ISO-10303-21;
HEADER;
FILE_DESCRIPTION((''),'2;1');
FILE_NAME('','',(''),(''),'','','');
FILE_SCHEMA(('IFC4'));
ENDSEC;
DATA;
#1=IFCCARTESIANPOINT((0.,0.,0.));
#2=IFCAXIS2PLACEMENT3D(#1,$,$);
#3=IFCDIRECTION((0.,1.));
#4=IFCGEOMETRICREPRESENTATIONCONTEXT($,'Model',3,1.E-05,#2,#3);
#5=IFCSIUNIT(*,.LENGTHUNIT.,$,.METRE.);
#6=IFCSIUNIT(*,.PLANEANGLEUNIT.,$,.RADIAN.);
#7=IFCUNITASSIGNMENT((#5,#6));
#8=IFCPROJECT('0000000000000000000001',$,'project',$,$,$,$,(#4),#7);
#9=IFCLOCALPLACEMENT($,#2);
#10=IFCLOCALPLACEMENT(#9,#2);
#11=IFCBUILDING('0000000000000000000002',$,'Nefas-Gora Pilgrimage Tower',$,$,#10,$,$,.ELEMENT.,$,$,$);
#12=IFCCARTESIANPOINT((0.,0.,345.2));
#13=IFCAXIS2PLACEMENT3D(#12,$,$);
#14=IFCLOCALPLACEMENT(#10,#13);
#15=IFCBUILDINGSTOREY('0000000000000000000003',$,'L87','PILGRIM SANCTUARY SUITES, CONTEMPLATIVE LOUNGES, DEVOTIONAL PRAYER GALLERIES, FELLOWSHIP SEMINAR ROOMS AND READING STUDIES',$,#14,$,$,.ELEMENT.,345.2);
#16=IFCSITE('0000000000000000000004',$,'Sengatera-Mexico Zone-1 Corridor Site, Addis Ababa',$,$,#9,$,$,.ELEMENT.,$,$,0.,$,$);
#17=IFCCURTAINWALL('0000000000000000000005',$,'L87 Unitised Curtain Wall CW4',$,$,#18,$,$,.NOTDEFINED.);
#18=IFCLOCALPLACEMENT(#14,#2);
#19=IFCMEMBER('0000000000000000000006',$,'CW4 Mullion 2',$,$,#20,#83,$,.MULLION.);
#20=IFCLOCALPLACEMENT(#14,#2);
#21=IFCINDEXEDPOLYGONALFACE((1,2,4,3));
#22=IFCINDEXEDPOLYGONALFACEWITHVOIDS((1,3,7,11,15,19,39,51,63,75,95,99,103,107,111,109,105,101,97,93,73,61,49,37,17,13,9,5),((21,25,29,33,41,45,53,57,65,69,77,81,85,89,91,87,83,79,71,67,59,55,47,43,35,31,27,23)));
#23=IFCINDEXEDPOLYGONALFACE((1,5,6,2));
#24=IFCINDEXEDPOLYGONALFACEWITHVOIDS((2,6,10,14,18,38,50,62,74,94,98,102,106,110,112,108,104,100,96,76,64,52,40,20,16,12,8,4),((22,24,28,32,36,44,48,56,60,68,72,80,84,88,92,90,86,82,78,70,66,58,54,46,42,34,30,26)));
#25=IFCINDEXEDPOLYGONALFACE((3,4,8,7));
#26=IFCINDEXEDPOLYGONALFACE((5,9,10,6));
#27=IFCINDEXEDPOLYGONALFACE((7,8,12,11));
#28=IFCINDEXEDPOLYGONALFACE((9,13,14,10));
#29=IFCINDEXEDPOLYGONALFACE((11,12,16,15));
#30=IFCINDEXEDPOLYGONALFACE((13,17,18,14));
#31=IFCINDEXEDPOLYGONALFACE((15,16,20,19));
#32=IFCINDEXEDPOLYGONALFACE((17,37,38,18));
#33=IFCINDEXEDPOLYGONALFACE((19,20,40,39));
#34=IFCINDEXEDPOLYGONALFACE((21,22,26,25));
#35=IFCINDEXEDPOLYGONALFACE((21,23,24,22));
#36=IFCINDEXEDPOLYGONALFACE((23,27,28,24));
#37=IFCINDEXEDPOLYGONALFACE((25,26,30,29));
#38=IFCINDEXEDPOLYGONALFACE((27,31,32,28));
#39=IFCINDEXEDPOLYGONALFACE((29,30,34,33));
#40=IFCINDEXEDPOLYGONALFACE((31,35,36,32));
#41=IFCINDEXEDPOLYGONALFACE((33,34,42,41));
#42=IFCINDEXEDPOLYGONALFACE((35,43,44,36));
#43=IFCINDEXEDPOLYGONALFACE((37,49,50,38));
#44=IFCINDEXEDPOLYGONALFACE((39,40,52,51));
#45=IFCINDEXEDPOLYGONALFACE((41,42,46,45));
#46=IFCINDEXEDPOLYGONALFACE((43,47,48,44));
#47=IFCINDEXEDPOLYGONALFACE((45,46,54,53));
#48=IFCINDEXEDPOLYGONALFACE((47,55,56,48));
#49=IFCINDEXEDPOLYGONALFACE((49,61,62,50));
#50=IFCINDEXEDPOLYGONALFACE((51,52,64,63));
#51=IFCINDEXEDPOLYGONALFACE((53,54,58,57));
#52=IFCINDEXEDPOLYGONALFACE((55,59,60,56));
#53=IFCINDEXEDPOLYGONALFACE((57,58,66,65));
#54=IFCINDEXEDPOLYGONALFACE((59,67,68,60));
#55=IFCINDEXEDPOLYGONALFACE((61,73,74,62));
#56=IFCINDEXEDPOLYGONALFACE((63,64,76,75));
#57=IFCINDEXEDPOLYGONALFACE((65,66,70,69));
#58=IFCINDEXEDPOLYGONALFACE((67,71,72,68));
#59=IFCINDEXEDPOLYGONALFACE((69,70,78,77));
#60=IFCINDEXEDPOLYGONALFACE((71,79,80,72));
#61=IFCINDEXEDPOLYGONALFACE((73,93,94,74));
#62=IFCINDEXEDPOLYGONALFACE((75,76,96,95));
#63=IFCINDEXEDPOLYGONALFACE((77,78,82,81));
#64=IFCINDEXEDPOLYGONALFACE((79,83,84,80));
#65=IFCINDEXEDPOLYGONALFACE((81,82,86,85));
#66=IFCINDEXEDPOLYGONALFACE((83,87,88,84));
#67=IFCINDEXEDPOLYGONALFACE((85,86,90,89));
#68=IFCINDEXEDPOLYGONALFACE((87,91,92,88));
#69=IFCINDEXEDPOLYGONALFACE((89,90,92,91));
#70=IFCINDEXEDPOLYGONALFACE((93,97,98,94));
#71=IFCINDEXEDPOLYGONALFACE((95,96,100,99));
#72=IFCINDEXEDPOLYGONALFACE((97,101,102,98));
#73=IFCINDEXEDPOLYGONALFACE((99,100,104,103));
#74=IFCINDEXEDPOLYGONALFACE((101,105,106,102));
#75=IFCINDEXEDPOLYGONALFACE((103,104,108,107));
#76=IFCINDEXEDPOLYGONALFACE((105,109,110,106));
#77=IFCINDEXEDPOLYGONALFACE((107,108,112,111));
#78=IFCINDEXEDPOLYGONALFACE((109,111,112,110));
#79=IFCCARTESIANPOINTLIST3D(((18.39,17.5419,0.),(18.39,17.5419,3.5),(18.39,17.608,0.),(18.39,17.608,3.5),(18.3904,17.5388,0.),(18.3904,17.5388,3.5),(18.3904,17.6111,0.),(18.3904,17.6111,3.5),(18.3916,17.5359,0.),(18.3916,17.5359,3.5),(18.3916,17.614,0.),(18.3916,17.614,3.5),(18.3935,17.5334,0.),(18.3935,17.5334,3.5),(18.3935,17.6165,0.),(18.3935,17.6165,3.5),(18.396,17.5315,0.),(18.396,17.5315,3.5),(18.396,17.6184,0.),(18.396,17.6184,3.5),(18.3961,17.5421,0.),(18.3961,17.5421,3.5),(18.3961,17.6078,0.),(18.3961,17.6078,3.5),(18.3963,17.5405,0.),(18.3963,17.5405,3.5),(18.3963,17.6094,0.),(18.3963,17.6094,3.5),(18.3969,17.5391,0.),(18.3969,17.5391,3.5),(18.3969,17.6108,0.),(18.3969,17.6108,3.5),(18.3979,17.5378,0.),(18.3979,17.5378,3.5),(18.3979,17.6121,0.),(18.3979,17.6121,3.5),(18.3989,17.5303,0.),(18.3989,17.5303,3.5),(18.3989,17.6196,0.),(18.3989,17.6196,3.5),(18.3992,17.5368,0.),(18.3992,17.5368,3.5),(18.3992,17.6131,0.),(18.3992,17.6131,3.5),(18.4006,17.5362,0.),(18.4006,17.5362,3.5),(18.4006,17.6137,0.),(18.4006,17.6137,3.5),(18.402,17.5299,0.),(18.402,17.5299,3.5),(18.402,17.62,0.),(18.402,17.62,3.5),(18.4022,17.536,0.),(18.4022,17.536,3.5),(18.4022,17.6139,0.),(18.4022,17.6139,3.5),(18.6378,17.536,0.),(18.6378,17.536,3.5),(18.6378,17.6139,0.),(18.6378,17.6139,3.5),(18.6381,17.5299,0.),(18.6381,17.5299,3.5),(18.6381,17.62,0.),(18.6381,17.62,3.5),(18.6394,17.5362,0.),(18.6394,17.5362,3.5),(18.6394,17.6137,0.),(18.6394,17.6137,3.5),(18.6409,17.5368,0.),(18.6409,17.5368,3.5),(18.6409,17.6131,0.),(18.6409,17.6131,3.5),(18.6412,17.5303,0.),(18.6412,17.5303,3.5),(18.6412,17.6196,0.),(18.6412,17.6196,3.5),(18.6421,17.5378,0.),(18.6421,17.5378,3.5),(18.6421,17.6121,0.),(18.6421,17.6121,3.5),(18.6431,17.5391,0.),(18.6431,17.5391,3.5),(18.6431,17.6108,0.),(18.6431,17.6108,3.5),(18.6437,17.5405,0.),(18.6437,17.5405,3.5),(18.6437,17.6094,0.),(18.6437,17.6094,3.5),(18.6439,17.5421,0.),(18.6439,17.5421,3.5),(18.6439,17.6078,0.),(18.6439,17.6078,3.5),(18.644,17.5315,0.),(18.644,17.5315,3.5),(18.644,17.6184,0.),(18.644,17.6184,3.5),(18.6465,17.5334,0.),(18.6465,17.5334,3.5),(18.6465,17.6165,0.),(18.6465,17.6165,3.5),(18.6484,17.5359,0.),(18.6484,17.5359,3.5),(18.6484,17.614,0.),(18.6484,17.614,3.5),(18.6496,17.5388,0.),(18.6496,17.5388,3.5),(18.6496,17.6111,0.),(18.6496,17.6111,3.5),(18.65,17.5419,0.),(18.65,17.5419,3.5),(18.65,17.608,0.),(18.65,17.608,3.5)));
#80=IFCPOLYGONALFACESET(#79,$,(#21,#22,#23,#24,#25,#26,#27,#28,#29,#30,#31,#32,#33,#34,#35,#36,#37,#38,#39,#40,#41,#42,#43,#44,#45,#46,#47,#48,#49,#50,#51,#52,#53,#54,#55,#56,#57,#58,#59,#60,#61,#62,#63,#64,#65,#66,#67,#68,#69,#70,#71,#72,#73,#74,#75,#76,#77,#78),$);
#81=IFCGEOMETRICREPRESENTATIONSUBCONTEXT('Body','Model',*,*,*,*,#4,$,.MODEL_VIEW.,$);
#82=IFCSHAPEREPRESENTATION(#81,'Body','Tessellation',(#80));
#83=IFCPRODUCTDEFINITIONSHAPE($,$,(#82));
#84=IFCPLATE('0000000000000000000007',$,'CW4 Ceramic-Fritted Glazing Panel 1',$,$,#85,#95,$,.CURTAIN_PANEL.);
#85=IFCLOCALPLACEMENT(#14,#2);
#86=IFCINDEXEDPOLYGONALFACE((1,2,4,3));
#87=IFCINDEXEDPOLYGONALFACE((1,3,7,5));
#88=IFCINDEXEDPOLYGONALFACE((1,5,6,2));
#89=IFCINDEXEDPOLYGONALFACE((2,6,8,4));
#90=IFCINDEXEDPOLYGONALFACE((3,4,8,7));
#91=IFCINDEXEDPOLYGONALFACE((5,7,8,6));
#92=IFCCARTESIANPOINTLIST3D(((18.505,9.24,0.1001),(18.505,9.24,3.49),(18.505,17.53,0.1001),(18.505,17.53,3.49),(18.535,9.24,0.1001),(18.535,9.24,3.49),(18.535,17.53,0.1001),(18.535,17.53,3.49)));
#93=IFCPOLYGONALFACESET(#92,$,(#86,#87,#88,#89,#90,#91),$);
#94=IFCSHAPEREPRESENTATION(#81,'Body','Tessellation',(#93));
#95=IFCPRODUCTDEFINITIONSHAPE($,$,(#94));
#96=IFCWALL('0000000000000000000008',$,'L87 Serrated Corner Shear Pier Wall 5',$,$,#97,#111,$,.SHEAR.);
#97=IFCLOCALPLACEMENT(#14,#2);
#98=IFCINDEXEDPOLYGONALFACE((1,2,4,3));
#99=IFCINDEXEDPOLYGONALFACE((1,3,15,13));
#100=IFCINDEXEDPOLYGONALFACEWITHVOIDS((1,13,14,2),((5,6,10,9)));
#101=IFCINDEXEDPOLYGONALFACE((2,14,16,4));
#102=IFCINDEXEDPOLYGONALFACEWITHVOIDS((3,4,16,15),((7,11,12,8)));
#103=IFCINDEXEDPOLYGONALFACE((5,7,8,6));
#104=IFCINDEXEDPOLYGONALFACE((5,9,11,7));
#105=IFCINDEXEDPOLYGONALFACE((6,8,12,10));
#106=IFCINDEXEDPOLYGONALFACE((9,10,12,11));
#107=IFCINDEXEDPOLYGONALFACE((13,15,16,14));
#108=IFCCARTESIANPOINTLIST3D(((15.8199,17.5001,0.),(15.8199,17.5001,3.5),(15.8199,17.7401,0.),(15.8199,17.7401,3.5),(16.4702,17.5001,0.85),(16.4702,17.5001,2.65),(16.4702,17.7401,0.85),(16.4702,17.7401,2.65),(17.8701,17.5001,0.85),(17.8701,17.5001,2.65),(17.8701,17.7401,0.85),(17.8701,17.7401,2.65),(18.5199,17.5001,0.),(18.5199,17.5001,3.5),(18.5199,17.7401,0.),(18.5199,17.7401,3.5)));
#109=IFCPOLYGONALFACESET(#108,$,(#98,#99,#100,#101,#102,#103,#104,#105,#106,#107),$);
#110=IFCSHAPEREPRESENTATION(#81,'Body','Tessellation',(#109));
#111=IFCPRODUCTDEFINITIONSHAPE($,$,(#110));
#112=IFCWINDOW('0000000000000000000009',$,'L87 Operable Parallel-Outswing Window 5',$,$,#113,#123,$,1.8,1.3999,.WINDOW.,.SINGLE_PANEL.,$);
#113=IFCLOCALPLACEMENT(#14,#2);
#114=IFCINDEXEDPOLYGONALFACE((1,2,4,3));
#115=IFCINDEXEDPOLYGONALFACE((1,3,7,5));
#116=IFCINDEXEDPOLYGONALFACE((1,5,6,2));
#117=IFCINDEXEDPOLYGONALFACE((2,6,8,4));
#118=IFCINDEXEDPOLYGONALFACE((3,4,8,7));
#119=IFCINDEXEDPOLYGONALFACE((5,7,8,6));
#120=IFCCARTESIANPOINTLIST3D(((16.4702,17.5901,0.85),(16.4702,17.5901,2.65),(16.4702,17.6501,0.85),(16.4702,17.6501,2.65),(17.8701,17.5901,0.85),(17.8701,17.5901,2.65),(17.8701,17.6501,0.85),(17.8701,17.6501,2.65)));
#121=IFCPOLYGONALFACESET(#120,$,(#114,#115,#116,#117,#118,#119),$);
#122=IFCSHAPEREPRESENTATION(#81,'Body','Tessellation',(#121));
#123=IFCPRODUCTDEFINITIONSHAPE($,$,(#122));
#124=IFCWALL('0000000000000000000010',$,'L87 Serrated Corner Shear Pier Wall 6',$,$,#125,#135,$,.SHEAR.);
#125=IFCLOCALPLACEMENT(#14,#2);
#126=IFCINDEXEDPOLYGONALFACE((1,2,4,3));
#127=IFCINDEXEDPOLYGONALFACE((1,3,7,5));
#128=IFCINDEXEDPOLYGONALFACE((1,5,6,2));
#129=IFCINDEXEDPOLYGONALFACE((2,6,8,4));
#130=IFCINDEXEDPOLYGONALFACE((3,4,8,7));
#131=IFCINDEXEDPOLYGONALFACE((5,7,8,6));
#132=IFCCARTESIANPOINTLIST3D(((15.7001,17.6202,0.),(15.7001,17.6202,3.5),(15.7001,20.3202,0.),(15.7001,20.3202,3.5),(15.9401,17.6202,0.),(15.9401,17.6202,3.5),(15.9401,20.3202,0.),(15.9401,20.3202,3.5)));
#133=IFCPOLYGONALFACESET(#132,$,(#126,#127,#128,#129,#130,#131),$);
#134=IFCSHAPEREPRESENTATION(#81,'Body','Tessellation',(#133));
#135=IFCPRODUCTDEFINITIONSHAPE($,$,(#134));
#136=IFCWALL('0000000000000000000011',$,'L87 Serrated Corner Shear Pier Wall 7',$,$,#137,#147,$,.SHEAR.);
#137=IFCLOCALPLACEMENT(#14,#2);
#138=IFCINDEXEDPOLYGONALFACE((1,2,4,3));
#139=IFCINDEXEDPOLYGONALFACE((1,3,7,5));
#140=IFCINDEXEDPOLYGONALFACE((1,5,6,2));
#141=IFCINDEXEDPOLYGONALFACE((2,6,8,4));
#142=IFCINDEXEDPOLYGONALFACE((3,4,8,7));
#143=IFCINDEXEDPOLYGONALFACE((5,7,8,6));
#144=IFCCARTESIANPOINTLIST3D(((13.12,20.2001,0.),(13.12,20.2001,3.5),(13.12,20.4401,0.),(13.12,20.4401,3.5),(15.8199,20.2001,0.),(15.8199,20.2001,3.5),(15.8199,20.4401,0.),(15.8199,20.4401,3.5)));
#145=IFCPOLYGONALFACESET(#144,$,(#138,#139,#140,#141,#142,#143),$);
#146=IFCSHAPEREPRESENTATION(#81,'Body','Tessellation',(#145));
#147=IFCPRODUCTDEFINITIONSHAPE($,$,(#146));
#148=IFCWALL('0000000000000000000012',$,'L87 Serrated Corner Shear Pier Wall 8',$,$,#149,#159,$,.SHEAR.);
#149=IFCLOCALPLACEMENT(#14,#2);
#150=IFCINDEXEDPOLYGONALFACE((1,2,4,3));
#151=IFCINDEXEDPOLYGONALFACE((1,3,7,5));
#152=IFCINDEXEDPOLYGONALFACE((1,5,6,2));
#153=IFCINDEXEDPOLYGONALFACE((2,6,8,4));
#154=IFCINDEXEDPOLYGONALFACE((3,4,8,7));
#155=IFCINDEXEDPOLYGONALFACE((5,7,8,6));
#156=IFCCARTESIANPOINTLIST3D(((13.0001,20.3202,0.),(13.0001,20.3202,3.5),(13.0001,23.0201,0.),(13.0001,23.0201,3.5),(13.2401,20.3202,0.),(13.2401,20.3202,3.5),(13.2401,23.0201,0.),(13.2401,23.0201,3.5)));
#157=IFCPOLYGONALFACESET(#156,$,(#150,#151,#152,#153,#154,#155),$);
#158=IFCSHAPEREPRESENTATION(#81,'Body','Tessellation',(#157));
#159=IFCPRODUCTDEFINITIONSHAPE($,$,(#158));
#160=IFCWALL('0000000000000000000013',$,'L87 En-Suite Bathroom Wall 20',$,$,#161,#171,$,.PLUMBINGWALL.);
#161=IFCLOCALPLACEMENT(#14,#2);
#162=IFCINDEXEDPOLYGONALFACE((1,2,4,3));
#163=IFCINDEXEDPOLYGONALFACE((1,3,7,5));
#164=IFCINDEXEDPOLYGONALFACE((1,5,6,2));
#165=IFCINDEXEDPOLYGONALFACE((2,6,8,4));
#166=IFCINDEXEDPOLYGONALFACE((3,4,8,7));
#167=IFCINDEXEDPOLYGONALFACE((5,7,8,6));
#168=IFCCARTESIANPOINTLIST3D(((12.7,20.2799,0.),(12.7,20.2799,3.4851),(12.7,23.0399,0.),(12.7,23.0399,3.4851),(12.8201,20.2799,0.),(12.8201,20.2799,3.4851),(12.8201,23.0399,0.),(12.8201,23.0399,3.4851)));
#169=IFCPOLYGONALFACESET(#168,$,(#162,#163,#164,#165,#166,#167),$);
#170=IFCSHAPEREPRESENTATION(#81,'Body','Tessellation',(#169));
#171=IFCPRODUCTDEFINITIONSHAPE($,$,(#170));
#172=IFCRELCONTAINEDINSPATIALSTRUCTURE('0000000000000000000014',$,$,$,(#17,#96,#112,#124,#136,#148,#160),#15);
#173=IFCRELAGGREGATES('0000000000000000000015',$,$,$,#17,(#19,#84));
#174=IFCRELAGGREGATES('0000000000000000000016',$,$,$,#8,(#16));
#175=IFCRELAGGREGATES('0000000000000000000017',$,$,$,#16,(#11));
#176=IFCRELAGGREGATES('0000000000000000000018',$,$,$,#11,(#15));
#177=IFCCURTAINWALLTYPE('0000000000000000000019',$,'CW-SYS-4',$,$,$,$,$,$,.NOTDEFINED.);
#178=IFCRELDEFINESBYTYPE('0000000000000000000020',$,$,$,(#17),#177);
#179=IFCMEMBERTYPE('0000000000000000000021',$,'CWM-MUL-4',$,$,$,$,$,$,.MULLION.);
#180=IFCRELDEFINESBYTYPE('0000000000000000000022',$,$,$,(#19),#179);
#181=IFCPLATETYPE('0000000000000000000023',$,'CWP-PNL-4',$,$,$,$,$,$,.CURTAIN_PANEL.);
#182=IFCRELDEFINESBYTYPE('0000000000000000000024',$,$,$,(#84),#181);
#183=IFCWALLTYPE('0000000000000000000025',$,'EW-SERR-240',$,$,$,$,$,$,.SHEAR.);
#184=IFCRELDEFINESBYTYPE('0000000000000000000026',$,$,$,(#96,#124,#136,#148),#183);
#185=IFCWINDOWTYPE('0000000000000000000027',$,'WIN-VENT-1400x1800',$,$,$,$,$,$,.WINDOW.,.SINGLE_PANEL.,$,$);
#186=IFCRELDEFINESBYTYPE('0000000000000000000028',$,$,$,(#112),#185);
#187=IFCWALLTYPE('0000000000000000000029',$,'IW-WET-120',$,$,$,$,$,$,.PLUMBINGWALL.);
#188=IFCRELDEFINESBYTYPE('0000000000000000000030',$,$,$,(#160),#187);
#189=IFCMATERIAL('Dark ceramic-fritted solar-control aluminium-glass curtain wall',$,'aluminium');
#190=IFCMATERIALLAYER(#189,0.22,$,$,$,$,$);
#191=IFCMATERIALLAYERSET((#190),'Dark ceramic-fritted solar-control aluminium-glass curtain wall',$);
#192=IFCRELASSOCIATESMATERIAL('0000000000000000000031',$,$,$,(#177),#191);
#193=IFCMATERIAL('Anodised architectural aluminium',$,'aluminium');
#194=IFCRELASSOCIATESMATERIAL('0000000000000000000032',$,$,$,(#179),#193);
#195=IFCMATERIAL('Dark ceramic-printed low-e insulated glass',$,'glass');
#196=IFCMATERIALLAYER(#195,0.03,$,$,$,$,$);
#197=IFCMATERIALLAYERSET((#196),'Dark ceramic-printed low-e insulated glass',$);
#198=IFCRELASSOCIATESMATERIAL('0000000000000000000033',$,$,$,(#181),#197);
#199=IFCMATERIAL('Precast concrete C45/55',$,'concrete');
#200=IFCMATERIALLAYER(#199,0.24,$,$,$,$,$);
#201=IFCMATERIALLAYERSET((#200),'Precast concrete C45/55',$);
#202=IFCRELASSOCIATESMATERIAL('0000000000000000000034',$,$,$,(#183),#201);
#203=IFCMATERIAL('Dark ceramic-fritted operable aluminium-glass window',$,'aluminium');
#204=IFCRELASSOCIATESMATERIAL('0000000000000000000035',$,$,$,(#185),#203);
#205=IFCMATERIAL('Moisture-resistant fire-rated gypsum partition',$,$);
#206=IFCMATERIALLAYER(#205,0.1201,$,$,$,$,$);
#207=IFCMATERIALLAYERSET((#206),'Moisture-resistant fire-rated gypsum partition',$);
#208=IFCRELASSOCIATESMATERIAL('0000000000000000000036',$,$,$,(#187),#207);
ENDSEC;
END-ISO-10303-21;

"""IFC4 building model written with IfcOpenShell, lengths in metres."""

from ifc_helpers import new_model, si_unit, direction, frame, frame_2d, origin, origin_2d, place, context, subcontext, project, spatial, rectangle, hollow_rectangle, extrude, source, transform, mapped, material, layer, layer_set, material_profile, profile_set, type_object, element, fill, aggregate, save


model = new_model("IFC4")

# Units and contexts
model_context = context("Model", 3, precision=1e-05, world=origin(), true_north=direction((0.0, 1.0)))
body_context = subcontext(model_context, "Body", "Model", "MODEL_VIEW")
ifc_project = project(units=[si_unit("LENGTHUNIT", "METRE"), si_unit("PLANEANGLEUNIT", "RADIAN")], contexts=[model_context])

# Site, building, storey
site_placement = place(None, origin())
site = spatial("IfcSite", under=ifc_project, at=site_placement, Name="Sengatera-Mexico Zone-1 Corridor Site, Addis Ababa", CompositionType="ELEMENT", RefElevation=0.0)
building_placement = place(site_placement, origin())
building = spatial("IfcBuilding", under=site, at=building_placement, Name="Nefas-Gora Pilgrimage Tower", CompositionType="ELEMENT")
storey_placement = place(building_placement, frame((0.0, 0.0, 345.2)))
storey = spatial("IfcBuildingStorey", under=building, at=storey_placement, Name="L87", Description="PILGRIM SANCTUARY SUITES, CONTEMPLATIVE LOUNGES, DEVOTIONAL PRAYER GALLERIES, FELLOWSHIP SEMINAR ROOMS AND READING STUDIES", CompositionType="ELEMENT", Elevation=345.2)

# Curtain wall
ifc_material_1 = material(Name="Dark ceramic-fritted solar-control aluminium-glass curtain wall", Category="aluminium")
ifc_layer_1 = layer(ifc_material_1, 0.22)
ifc_layer_set_1 = layer_set([ifc_layer_1], Name="Dark ceramic-fritted solar-control aluminium-glass curtain wall")
curtain_wall_type = type_object("IfcCurtainWallType", Name="CW-SYS-4", PredefinedType="NOTDEFINED", material=ifc_layer_set_1)
curtain_wall_1_placement = place(storey_placement, origin())
curtain_wall_1 = element("IfcCurtainWall", 1, at=curtain_wall_1_placement, inside=storey, type_object=curtain_wall_type, Name="L87 Unitised Curtain Wall CW4", PredefinedType="NOTDEFINED")
ifc_material_2 = material(Name="Anodised architectural aluminium", Category="aluminium")

# Shared definitions
ifc_material_profile_1 = material_profile(ifc_material_2, hollow_rectangle(XDim=0.0901, YDim=0.26, WallThickness=0.0061, InnerFilletRadius=0.0061, OuterFilletRadius=0.012, at=origin_2d()), Name="ALU MULLION 90x260")
ifc_profile_set_1 = profile_set([ifc_material_profile_1], Name="Anodised architectural aluminium")
member_type_1 = type_object("IfcMemberType", Name="CWM-MUL-4", PredefinedType="MULLION", material=ifc_profile_set_1)
shared_shape_1 = source(origin(), body_context, "Body", "SweptSolid", [
    extrude(hollow_rectangle(XDim=0.0901, YDim=0.26, WallThickness=0.0061, InnerFilletRadius=0.0061, OuterFilletRadius=0.012, at=origin_2d()), origin(), (0.0, 0.0, 1.0), 3.5),
])

# Member
member_1_placement = place(storey_placement, frame((18.52, 17.575, 0.0), z_axis=(0.0, 0.0, 1.0), x_axis=(0.0, 1.0, 0.0)))
member_1 = element("IfcMember", 2, at=member_1_placement, type_object=member_type_1, Name="CW4 Mullion 2", PredefinedType="MULLION", context=body_context, shape_type="MappedRepresentation", body=[
    mapped(shared_shape_1, transform((0.0, 0.0, 0.0), x_axis=(1.0, 0.0, 0.0), y_axis=(0.0, 1.0, 0.0), z_axis=(0.0, 0.0, 1.0), scale=1.0)),
])

# Plate
ifc_material_3 = material(Name="Dark ceramic-printed low-e insulated glass", Category="glass")
ifc_layer_2 = layer(ifc_material_3, 0.03)
ifc_layer_set_2 = layer_set([ifc_layer_2], Name="Dark ceramic-printed low-e insulated glass")
plate_type = type_object("IfcPlateType", Name="CWP-PNL-4", PredefinedType="CURTAIN_PANEL", material=ifc_layer_set_2)
shared_shape_2 = source(origin(), body_context, "Body", "SweptSolid", [
    extrude(rectangle(XDim=8.29, YDim=0.03, at=origin_2d()), origin(), (0.0, 0.0, 1.0), 3.3899),
])
plate_placement = place(storey_placement, frame((18.52, 13.385, 0.1001), z_axis=(0.0, 0.0, 1.0), x_axis=(0.0, 1.0, 0.0)))
plate = element("IfcPlate", 3, at=plate_placement, type_object=plate_type, Name="CW4 Ceramic-Fritted Glazing Panel 1", PredefinedType="CURTAIN_PANEL", context=body_context, shape_type="MappedRepresentation", body=[
    mapped(shared_shape_2, transform((0.0, 0.0, 0.0), x_axis=(1.0, 0.0, 0.0), y_axis=(0.0, 1.0, 0.0), z_axis=(0.0, 0.0, 1.0), scale=1.0)),
])
aggregate(curtain_wall_1, [member_1, plate])

# Wall, opening, window
ifc_material_4 = material(Name="Precast concrete C45/55", Category="concrete")
ifc_layer_3 = layer(ifc_material_4, 0.24)
ifc_layer_set_3 = layer_set([ifc_layer_3], Name="Precast concrete C45/55")
wall_type_1 = type_object("IfcWallType", Name="EW-SERR-240", PredefinedType="SHEAR", material=ifc_layer_set_3)
shared_shape_3 = source(origin(), body_context, "Body", "SweptSolid", [
    extrude(rectangle(XDim=2.7, YDim=0.24, at=frame_2d((1.3501, 0.0))), origin(), (0.0, 0.0, 1.0), 3.5),
])
wall_1_placement = place(storey_placement, frame((18.52, 17.6201, 0.0), z_axis=(0.0, 0.0, 1.0), x_axis=(-1.0, 0.0, 0.0)))
wall_1 = element("IfcWall", 4, at=wall_1_placement, inside=storey, type_object=wall_type_1, Name="L87 Serrated Corner Shear Pier Wall 5", PredefinedType="SHEAR", context=body_context, shape_type="MappedRepresentation", body=[
    mapped(shared_shape_3, transform((0.0, 0.0, 0.0), x_axis=(1.0, 0.0, 0.0), y_axis=(0.0, 1.0, 0.0), z_axis=(0.0, 0.0, 1.0), scale=1.0)),
])
opening_placement = place(wall_1_placement, frame((0.6499, 0.0, 0.8501)))
opening = element("IfcOpeningElement", 5, at=opening_placement, cuts=wall_1, PredefinedType="OPENING", context=body_context, shape_type="SweptSolid", body=[
    extrude(rectangle(XDim=1.3999, YDim=1.8, at=frame_2d((0.7, 0.8999))), frame((0.0, 0.1299, 0.0), z_axis=(0.0, -1.0, 0.0), x_axis=(1.0, 0.0, 0.0)), (0.0, 0.0, 1.0), 0.26),
])
ifc_material_5 = material(Name="Dark ceramic-fritted operable aluminium-glass window", Category="aluminium")
window_type = type_object("IfcWindowType", Name="WIN-VENT-1400x1800", PartitioningType="SINGLE_PANEL", PredefinedType="WINDOW", material=ifc_material_5)
shared_shape_4 = source(origin(), body_context, "Body", "SweptSolid", [
    extrude(rectangle(XDim=1.3999, YDim=1.8, at=frame_2d((0.7, 0.8999))), frame((0.0, 0.03, 0.0), z_axis=(0.0, -1.0, 0.0), x_axis=(1.0, 0.0, 0.0)), (0.0, 0.0, 1.0), 0.0601),
])
window_placement = place(opening_placement, origin())
window = element("IfcWindow", 6, at=window_placement, inside=storey, type_object=window_type, Name="L87 Operable Parallel-Outswing Window 5", OverallHeight=1.8, OverallWidth=1.3999, PartitioningType="SINGLE_PANEL", PredefinedType="WINDOW", context=body_context, shape_type="MappedRepresentation", body=[
    mapped(shared_shape_4, transform((0.0, 0.0, 0.0), x_axis=(1.0, 0.0, 0.0), y_axis=(0.0, 1.0, 0.0), z_axis=(0.0, 0.0, 1.0), scale=1.0)),
])
fill(opening, window)

# Walls
for number, where, z_axis, x_axis, name in (
    (7, (15.8201, 17.6201, 0.0), (0.0, 0.0, 1.0), (0.0, 1.0, 0.0), "L87 Serrated Corner Shear Pier Wall 6"),
    (8, (15.8201, 20.3201, 0.0), (0.0, 0.0, 1.0), (-1.0, 0.0, 0.0), "L87 Serrated Corner Shear Pier Wall 7"),
    (9, (13.1201, 20.3201, 0.0), (0.0, 0.0, 1.0), (0.0, 1.0, 0.0), "L87 Serrated Corner Shear Pier Wall 8"),
):
    element("IfcWall", number, at=place(storey_placement, frame(where, z_axis=z_axis, x_axis=x_axis)), inside=storey, type_object=wall_type_1, Name=name, PredefinedType="SHEAR", context=body_context, shape_type="MappedRepresentation", body=[
        mapped(shared_shape_3, transform((0.0, 0.0, 0.0), x_axis=(1.0, 0.0, 0.0), y_axis=(0.0, 1.0, 0.0), z_axis=(0.0, 0.0, 1.0), scale=1.0)),
    ])
ifc_material_6 = material(Name="Moisture-resistant fire-rated gypsum partition")
ifc_layer_4 = layer(ifc_material_6, 0.1201)
ifc_layer_set_4 = layer_set([ifc_layer_4], Name="Moisture-resistant fire-rated gypsum partition")
wall_type_2 = type_object("IfcWallType", Name="IW-WET-120", PredefinedType="PLUMBINGWALL", material=ifc_layer_set_4)
shared_shape_5 = source(origin(), body_context, "Body", "SweptSolid", [
    extrude(rectangle(XDim=2.76, YDim=0.1201, at=frame_2d((1.3799, 0.0))), origin(), (0.0, 0.0, 1.0), 3.4851),
])
wall_2_placement = place(storey_placement, frame((12.76, 20.28, 0.0), z_axis=(0.0, 0.0, 1.0), x_axis=(0.0, 1.0, 0.0)))
element("IfcWall", 10, at=wall_2_placement, inside=storey, type_object=wall_type_2, Name="L87 En-Suite Bathroom Wall 20", PredefinedType="PLUMBINGWALL", context=body_context, shape_type="MappedRepresentation", body=[
    mapped(shared_shape_5, transform((0.0, 0.0, 0.0), x_axis=(1.0, 0.0, 0.0), y_axis=(0.0, 1.0, 0.0), z_axis=(0.0, 0.0, 1.0), scale=1.0)),
])

save(model, "model.ifc")
